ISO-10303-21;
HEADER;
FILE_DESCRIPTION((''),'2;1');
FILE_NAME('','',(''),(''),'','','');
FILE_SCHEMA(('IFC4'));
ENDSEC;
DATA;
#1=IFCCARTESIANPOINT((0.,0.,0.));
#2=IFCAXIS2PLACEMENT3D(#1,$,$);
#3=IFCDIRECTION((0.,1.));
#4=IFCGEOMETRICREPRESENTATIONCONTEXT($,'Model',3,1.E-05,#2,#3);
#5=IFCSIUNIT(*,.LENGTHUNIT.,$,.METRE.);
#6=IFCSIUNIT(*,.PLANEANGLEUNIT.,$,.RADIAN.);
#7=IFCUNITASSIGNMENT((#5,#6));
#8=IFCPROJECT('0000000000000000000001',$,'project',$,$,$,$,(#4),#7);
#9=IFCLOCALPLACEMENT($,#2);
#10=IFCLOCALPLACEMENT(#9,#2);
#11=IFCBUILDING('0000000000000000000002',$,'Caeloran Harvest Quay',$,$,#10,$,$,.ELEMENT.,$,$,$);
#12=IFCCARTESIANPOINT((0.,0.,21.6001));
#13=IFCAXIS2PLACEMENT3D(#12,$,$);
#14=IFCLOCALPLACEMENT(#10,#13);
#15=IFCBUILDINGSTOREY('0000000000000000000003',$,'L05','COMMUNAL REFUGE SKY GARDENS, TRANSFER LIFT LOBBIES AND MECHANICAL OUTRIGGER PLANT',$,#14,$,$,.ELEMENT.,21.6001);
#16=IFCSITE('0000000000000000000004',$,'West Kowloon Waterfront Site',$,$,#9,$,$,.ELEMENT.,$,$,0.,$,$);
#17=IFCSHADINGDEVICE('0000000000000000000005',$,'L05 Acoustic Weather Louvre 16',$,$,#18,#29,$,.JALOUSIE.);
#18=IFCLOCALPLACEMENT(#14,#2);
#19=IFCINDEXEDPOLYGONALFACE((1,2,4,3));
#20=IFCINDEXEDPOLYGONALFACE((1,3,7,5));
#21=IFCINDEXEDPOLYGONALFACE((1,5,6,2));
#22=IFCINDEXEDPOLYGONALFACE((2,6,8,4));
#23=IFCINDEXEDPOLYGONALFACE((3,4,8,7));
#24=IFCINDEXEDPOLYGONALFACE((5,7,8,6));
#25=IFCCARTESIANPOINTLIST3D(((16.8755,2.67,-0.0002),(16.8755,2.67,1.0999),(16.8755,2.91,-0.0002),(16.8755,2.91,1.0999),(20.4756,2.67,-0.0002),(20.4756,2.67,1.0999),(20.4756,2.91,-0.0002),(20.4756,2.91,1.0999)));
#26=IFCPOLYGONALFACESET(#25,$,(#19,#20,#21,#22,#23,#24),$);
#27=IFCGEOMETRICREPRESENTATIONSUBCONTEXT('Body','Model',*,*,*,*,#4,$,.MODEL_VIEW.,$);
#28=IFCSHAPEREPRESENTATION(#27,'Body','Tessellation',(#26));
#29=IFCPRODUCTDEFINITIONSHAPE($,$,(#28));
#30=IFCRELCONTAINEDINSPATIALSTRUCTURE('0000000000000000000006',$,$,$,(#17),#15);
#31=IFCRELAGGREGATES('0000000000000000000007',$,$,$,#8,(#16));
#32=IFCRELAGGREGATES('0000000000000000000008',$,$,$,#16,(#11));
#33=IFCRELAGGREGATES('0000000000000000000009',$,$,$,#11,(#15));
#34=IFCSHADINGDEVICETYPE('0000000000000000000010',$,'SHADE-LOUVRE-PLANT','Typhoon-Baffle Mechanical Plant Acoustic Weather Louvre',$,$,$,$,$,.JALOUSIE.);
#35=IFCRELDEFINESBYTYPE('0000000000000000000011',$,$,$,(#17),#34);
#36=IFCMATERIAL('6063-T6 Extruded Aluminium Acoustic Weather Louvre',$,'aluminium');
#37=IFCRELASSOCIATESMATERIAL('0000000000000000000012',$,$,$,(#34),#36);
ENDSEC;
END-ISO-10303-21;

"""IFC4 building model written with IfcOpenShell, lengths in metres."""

from ifc_helpers import new_model, si_unit, direction, frame, origin, origin_2d, place, context, subcontext, project, spatial, rectangle, extrude, material, type_object, element, save


model = new_model("IFC4")

# Units and contexts
model_context = context("Model", 3, precision=1e-05, world=origin(), true_north=direction((0.0, 1.0)))
body_context = subcontext(model_context, "Body", "Model", "MODEL_VIEW")
ifc_project = project(units=[si_unit("LENGTHUNIT", "METRE"), si_unit("PLANEANGLEUNIT", "RADIAN")], contexts=[model_context])

# Site, building, storey
site_placement = place(None, origin())
site = spatial("IfcSite", under=ifc_project, at=site_placement, Name="West Kowloon Waterfront Site", CompositionType="ELEMENT", RefElevation=0.0)
building_placement = place(site_placement, origin())
building = spatial("IfcBuilding", under=site, at=building_placement, Name="Caeloran Harvest Quay", CompositionType="ELEMENT")
storey_placement = place(building_placement, frame((0.0, 0.0, 21.6001)))
storey = spatial("IfcBuildingStorey", under=building, at=storey_placement, Name="L05", Description="COMMUNAL REFUGE SKY GARDENS, TRANSFER LIFT LOBBIES AND MECHANICAL OUTRIGGER PLANT", CompositionType="ELEMENT", Elevation=21.6001)

# Shading device
ifc_material_1 = material(Name="6063-T6 Extruded Aluminium Acoustic Weather Louvre", Category="aluminium")
shading_device_type = type_object("IfcShadingDeviceType", Name="SHADE-LOUVRE-PLANT", Description="Typhoon-Baffle Mechanical Plant Acoustic Weather Louvre", PredefinedType="JALOUSIE", material=ifc_material_1)
shading_device_placement = place(storey_placement, frame((18.6755, 2.79, -0.0002), z_axis=(0.0, 0.0, 1.0), x_axis=(-1.0, 0.0, 0.0)))
element("IfcShadingDevice", 1, at=shading_device_placement, inside=storey, type_object=shading_device_type, Name="L05 Acoustic Weather Louvre 16", PredefinedType="JALOUSIE", context=body_context, shape_type="SweptSolid", body=[
    extrude(rectangle(XDim=3.6001, YDim=0.24, at=origin_2d()), origin(), (0.0, 0.0, 1.0), 1.1001),
])

save(model, "model.ifc")
